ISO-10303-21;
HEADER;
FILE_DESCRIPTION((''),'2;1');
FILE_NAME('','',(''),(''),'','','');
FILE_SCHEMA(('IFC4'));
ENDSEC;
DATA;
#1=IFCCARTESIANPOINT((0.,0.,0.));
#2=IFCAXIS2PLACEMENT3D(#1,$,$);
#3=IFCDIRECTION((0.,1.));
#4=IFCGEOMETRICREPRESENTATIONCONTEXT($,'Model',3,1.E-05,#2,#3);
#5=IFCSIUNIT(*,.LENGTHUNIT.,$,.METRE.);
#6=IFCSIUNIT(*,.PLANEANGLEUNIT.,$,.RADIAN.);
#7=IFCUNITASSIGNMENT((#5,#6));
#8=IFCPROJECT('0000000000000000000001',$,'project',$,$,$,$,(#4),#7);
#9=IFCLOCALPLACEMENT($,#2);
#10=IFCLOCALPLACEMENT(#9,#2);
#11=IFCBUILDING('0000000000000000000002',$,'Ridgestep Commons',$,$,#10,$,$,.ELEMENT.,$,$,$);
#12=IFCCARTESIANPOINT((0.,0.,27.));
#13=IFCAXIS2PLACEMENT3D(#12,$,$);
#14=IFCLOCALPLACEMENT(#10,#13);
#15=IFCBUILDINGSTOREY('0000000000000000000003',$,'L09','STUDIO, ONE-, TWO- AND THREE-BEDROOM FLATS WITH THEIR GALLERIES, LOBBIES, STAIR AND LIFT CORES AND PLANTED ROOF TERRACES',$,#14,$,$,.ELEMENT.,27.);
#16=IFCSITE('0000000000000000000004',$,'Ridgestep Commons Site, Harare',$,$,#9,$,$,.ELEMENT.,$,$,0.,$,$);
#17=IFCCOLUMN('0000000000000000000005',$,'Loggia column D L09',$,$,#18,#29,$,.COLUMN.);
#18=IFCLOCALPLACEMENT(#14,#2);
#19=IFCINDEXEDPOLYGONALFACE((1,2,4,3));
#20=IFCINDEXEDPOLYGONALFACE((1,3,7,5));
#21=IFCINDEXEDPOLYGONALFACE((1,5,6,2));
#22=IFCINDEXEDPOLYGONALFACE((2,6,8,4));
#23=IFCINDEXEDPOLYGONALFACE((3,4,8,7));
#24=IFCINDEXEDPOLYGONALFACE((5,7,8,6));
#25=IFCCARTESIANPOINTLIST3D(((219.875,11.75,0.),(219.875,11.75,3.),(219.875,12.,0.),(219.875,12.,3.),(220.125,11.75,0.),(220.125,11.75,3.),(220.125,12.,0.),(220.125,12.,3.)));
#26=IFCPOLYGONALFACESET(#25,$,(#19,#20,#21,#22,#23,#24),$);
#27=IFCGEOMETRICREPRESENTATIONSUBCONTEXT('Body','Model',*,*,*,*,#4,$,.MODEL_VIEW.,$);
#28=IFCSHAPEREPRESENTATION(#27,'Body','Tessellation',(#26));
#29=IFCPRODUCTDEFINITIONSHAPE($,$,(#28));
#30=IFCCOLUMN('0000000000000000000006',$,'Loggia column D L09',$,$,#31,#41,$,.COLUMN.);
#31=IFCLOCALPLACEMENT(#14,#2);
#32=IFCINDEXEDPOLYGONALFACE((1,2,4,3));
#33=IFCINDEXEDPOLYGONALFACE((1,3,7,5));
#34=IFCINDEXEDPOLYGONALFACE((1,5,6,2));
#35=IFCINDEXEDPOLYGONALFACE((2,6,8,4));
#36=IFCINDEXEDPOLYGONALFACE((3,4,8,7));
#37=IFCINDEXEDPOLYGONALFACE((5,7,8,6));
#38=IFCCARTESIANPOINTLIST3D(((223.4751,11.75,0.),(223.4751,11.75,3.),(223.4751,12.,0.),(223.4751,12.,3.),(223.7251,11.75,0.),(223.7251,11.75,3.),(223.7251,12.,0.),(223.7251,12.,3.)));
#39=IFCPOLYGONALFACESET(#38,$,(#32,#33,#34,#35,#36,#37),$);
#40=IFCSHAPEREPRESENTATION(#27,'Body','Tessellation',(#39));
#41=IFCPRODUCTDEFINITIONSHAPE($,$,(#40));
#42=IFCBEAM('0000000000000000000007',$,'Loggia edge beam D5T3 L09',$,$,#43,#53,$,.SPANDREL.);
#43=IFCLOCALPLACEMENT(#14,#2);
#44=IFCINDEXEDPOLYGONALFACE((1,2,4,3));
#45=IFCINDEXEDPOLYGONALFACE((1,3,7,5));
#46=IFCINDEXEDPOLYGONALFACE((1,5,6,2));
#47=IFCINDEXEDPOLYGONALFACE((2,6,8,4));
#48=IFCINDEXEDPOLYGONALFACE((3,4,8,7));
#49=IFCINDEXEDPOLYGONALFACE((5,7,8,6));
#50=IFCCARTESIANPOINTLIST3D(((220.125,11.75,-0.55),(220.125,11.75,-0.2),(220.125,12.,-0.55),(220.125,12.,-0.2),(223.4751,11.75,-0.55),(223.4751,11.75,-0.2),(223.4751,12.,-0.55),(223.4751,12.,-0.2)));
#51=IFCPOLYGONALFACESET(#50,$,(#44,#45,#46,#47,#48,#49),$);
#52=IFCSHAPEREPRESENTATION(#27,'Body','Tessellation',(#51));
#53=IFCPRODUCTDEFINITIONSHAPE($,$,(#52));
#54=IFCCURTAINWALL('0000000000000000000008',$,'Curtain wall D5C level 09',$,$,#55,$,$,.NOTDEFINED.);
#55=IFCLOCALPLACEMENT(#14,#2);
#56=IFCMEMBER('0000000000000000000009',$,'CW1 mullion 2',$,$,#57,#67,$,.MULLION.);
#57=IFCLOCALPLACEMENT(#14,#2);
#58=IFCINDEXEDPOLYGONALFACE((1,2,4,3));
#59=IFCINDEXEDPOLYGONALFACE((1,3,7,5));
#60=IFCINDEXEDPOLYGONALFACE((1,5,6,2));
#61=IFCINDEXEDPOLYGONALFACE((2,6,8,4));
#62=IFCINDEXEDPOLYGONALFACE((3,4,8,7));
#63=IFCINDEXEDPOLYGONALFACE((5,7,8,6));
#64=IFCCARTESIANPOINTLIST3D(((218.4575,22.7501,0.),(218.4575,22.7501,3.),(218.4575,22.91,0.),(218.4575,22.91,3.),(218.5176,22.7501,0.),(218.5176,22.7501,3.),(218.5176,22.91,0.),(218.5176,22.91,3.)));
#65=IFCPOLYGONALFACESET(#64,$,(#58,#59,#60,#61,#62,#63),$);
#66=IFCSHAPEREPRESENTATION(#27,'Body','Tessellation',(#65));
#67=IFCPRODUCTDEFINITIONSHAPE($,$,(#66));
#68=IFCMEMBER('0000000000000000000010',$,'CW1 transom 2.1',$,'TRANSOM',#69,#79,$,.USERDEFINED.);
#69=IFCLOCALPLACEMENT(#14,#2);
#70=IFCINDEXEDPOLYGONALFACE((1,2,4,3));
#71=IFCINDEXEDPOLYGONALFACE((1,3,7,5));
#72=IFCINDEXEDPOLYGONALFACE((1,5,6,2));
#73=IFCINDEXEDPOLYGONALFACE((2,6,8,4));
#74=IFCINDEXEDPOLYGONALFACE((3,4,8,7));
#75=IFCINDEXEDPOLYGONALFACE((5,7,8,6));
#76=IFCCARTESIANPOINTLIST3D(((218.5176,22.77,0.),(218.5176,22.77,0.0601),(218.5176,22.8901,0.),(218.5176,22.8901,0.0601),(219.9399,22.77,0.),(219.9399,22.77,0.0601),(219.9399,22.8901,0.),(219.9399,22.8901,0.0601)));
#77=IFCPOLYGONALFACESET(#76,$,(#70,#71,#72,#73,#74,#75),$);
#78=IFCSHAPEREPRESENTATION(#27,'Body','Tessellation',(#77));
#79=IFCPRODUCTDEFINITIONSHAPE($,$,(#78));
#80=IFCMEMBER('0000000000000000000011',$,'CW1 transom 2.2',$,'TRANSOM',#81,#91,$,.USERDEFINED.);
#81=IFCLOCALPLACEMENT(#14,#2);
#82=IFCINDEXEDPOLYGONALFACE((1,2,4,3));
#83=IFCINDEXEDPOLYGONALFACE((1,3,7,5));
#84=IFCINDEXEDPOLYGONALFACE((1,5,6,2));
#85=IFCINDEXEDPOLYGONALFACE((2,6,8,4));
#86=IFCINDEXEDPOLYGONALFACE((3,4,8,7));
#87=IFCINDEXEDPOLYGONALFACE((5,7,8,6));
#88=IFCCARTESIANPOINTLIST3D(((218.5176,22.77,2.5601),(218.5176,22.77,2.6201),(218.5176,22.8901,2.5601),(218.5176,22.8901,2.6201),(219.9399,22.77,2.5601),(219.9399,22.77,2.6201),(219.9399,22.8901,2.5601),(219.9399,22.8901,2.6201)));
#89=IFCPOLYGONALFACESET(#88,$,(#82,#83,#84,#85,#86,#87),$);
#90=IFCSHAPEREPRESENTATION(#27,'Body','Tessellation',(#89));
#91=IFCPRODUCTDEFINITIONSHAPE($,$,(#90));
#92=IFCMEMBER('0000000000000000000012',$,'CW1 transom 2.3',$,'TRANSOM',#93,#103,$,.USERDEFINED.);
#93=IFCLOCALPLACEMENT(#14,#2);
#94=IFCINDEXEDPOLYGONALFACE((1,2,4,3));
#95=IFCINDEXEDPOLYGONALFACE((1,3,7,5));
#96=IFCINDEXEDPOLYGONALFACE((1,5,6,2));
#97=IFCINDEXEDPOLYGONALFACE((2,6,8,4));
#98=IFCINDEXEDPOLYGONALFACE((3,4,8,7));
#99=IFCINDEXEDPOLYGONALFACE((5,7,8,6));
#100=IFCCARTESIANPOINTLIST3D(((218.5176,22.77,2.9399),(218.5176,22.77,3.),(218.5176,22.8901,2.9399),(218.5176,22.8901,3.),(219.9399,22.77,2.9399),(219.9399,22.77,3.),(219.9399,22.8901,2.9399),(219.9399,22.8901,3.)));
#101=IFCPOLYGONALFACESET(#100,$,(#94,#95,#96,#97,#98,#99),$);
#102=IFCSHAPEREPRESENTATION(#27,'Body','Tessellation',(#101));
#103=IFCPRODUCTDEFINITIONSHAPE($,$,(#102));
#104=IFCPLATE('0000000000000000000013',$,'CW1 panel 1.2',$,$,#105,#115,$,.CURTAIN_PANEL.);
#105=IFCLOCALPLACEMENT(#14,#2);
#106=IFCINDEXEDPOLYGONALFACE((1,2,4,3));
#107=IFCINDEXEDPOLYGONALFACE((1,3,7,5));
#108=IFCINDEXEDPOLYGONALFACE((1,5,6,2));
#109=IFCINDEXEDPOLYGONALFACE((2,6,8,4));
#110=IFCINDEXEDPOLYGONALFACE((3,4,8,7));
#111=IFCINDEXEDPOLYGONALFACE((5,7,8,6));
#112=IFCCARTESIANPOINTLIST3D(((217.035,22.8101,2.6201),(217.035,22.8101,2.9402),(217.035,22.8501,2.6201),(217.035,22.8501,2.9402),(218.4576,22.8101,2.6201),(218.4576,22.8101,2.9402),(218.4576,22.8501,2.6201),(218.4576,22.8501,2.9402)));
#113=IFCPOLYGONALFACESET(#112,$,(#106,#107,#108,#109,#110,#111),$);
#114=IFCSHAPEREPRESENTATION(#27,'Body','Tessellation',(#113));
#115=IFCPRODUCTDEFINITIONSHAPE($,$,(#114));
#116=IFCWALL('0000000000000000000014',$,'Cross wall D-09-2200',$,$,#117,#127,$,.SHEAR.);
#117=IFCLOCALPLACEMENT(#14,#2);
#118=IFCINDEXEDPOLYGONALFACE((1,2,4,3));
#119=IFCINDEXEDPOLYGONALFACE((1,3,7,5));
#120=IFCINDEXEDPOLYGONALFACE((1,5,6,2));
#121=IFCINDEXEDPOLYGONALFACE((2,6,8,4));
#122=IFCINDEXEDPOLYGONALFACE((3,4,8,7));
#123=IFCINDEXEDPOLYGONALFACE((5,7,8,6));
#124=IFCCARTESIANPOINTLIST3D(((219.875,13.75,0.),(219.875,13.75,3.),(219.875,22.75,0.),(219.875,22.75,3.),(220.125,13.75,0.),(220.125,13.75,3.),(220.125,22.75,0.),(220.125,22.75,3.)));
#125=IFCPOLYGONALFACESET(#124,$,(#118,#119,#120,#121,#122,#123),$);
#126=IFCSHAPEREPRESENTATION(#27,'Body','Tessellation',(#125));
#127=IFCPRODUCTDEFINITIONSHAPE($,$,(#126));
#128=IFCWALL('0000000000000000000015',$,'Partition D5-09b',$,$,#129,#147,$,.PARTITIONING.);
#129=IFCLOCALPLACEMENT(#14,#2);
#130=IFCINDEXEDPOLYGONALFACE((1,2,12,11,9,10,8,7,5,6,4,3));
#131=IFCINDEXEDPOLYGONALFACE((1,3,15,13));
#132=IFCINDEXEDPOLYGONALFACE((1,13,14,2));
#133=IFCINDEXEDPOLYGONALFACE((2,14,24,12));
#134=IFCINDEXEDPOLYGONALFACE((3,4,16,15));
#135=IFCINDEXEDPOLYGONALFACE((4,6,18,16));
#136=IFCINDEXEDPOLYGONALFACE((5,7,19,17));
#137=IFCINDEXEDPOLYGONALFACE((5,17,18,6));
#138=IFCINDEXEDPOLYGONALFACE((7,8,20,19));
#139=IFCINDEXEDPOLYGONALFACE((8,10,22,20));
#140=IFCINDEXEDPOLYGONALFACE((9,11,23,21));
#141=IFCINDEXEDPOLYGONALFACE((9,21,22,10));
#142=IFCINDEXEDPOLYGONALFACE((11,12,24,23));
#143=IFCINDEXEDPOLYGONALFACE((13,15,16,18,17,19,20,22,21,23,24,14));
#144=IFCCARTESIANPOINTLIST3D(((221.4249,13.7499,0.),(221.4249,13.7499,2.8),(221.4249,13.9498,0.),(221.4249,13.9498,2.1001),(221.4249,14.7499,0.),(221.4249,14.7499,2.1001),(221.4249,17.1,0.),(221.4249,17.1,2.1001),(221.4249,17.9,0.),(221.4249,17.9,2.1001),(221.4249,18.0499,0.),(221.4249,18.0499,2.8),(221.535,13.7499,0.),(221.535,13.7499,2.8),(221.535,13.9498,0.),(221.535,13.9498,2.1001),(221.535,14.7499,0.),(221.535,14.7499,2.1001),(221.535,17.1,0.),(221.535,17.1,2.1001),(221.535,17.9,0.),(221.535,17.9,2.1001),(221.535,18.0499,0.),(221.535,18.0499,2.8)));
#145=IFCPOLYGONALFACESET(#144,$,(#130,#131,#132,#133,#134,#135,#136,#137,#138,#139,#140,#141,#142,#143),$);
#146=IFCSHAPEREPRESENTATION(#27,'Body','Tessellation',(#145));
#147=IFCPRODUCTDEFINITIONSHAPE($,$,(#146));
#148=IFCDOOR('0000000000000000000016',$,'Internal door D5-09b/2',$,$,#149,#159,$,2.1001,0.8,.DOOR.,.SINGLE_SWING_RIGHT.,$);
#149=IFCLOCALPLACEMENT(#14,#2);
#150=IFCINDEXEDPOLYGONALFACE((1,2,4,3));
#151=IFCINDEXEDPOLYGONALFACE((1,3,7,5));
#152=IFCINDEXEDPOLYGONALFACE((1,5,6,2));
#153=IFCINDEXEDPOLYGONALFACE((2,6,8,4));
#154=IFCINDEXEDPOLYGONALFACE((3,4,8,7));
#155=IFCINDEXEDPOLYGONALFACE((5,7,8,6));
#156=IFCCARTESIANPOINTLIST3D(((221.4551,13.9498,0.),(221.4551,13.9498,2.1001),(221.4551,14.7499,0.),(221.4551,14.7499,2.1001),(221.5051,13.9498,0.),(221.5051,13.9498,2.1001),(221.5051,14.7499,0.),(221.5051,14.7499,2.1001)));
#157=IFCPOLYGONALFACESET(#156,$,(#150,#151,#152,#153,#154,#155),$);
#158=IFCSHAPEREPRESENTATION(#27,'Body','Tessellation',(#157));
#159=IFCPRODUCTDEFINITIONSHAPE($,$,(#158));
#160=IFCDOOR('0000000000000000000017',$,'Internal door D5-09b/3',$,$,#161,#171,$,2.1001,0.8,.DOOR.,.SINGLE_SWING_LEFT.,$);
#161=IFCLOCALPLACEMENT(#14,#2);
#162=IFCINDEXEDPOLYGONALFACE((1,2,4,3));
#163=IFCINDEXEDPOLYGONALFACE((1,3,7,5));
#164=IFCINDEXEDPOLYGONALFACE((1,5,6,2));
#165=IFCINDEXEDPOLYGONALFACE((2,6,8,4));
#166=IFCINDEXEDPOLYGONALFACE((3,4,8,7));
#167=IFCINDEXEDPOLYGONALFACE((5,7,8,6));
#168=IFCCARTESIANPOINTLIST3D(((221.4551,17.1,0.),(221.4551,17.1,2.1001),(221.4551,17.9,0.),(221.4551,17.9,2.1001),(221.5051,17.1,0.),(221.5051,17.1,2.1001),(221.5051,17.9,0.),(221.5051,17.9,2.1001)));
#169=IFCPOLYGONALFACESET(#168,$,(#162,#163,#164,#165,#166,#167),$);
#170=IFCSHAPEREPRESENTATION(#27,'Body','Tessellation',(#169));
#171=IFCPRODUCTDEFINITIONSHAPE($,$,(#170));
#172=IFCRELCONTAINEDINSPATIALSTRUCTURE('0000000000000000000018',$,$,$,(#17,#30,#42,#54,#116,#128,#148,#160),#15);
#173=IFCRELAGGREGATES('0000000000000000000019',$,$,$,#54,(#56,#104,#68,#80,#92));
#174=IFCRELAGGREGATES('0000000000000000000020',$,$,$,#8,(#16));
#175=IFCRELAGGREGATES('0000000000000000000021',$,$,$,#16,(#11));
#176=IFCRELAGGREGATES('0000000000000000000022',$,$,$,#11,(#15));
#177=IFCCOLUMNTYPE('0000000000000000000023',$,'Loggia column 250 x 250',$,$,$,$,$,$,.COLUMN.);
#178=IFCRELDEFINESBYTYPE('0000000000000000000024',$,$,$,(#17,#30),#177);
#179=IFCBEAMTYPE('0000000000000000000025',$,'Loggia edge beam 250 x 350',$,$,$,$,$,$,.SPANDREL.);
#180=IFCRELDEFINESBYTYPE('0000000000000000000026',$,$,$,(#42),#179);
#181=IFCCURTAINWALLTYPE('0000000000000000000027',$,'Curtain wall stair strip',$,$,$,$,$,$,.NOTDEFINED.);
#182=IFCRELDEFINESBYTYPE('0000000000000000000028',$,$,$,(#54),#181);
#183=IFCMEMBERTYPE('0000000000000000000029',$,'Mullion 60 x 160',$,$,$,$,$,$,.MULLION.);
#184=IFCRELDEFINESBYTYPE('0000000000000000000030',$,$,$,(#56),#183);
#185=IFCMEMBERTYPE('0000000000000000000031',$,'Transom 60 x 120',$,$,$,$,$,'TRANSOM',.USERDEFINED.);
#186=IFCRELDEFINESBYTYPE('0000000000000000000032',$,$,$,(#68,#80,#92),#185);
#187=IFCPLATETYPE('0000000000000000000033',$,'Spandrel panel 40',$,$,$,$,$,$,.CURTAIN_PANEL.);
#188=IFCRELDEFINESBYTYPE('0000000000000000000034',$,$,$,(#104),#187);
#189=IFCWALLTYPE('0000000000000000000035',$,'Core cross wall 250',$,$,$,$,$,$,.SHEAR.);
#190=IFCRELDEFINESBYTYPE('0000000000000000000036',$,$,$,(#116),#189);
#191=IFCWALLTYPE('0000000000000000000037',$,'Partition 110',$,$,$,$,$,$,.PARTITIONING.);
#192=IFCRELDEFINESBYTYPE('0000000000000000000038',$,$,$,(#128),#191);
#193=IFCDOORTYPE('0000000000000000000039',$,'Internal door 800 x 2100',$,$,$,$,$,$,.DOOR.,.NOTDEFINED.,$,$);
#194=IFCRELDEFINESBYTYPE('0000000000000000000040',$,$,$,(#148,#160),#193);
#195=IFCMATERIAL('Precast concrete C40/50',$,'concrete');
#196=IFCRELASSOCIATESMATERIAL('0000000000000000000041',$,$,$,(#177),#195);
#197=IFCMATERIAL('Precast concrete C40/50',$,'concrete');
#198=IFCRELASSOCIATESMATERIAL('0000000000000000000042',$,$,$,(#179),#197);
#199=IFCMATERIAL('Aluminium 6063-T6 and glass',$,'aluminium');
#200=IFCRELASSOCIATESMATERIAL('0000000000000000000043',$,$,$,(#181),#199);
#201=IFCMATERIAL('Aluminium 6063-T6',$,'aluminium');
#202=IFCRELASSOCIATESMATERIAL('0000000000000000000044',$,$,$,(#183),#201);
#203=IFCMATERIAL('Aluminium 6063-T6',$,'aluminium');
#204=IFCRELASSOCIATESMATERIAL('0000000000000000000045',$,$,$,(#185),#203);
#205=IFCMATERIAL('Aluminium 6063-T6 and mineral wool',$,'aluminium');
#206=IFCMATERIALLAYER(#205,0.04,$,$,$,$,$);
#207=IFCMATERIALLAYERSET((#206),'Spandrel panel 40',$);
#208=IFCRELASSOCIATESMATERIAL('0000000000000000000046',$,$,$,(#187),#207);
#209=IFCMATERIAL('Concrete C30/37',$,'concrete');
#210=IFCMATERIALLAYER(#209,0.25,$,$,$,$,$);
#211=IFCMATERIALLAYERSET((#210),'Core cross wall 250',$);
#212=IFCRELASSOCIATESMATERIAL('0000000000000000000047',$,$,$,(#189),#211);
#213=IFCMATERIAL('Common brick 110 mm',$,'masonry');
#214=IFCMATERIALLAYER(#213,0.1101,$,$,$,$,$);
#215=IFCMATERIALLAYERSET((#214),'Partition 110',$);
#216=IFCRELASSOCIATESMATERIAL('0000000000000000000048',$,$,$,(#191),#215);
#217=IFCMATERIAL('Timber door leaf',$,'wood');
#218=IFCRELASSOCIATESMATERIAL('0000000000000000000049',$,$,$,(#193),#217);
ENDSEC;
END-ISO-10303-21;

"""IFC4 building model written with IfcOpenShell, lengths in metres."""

from ifc_helpers import new_model, si_unit, direction, frame, frame_2d, origin, origin_2d, place, context, subcontext, project, spatial, rectangle, extrude, material, layer, layer_set, material_profile, profile_set, type_object, element, fill, aggregate, save


model = new_model("IFC4")

# Units and contexts
model_context = context("Model", 3, precision=1e-05, world=origin(), true_north=direction((0.0, 1.0)))
body_context = subcontext(model_context, "Body", "Model", "MODEL_VIEW")
ifc_project = project(units=[si_unit("LENGTHUNIT", "METRE"), si_unit("PLANEANGLEUNIT", "RADIAN")], contexts=[model_context])

# Site, building, storey
site_placement = place(None, origin())
site = spatial("IfcSite", under=ifc_project, at=site_placement, Name="Ridgestep Commons Site, Harare", CompositionType="ELEMENT", RefElevation=0.0)
building_placement = place(site_placement, origin())
building = spatial("IfcBuilding", under=site, at=building_placement, Name="Ridgestep Commons", CompositionType="ELEMENT")
storey_placement = place(building_placement, frame((0.0, 0.0, 27.0)))
storey = spatial("IfcBuildingStorey", under=building, at=storey_placement, Name="L09", Description="STUDIO, ONE-, TWO- AND THREE-BEDROOM FLATS WITH THEIR GALLERIES, LOBBIES, STAIR AND LIFT CORES AND PLANTED ROOF TERRACES", CompositionType="ELEMENT", Elevation=27.0)

# Columns
ifc_material_1 = material(Name="Precast concrete C40/50", Category="concrete")
ifc_material_profile_1 = material_profile(ifc_material_1, rectangle(XDim=0.25, YDim=0.25, at=origin_2d()), Name="PC 250x250")
ifc_profile_set_1 = profile_set([ifc_material_profile_1], Name="Precast concrete C40/50")
column_type = type_object("IfcColumnType", Name="Loggia column 250 x 250", PredefinedType="COLUMN", material=ifc_profile_set_1)
for number, where, z_axis, x_axis, name in (
    (1, (220.0, 11.875, 0.0), (0.0, 0.0, 1.0), (1.0, 0.0, 0.0), "Loggia column D L09"),
    (2, (223.6001, 11.875, 0.0), (0.0, 0.0, 1.0), (1.0, 0.0, 0.0), "Loggia column D L09"),
):
    element("IfcColumn", number, at=place(storey_placement, frame(where, z_axis=z_axis, x_axis=x_axis)), inside=storey, type_object=column_type, Name=name, PredefinedType="COLUMN", context=body_context, shape_type="SweptSolid", body=[
        extrude(rectangle(XDim=0.25, YDim=0.25, at=origin_2d()), origin(), (0.0, 0.0, 1.0), 3.0),
    ])

# Beam
ifc_material_2 = material(Name="Precast concrete C40/50", Category="concrete")
ifc_material_profile_2 = material_profile(ifc_material_2, rectangle(XDim=0.25, YDim=0.3501, at=origin_2d()), Name="PC 250x350")
ifc_profile_set_2 = profile_set([ifc_material_profile_2], Name="Precast concrete C40/50")
beam_type = type_object("IfcBeamType", Name="Loggia edge beam 250 x 350", PredefinedType="SPANDREL", material=ifc_profile_set_2)
beam_placement = place(storey_placement, frame((220.125, 11.875, -0.375), z_axis=(1.0, 0.0, 0.0), x_axis=(0.0, 1.0, 0.0)))
element("IfcBeam", 3, at=beam_placement, inside=storey, type_object=beam_type, Name="Loggia edge beam D5T3 L09", PredefinedType="SPANDREL", context=body_context, shape_type="SweptSolid", body=[
    extrude(rectangle(XDim=0.25, YDim=0.3501, at=origin_2d()), origin(), (0.0, 0.0, 1.0), 3.3501),
])

# Curtain wall, members, plate
ifc_material_3 = material(Name="Aluminium 6063-T6 and glass", Category="aluminium")
curtain_wall_type = type_object("IfcCurtainWallType", Name="Curtain wall stair strip", PredefinedType="NOTDEFINED", material=ifc_material_3)
curtain_wall_placement = place(storey_placement, origin())
curtain_wall = element("IfcCurtainWall", 4, at=curtain_wall_placement, inside=storey, type_object=curtain_wall_type, Name="Curtain wall D5C level 09", PredefinedType="NOTDEFINED")
ifc_material_4 = material(Name="Aluminium 6063-T6", Category="aluminium")
ifc_material_profile_3 = material_profile(ifc_material_4, rectangle(XDim=0.1599, YDim=0.0601, at=origin_2d()), Name="Mullion 60 x 160")
ifc_profile_set_3 = profile_set([ifc_material_profile_3], Name="Aluminium 6063-T6")
member_type_1 = type_object("IfcMemberType", Name="Mullion 60 x 160", PredefinedType="MULLION", material=ifc_profile_set_3)
member_1_placement = place(storey_placement, frame((218.4875, 22.8301, 0.0), z_axis=(0.0, 0.0, 1.0), x_axis=(0.0, 1.0, 0.0)))
member_1 = element("IfcMember", 5, at=member_1_placement, type_object=member_type_1, Name="CW1 mullion 2", PredefinedType="MULLION", context=body_context, shape_type="SweptSolid", body=[
    extrude(rectangle(XDim=0.1599, YDim=0.0601, at=origin_2d()), origin(), (0.0, 0.0, 1.0), 3.0),
])
ifc_material_5 = material(Name="Aluminium 6063-T6", Category="aluminium")
ifc_material_profile_4 = material_profile(ifc_material_5, rectangle(XDim=0.1201, YDim=0.0601, at=origin_2d()), Name="Transom 60 x 120")
ifc_profile_set_4 = profile_set([ifc_material_profile_4], Name="Aluminium 6063-T6")
member_type_2 = type_object("IfcMemberType", Name="Transom 60 x 120", ElementType="TRANSOM", PredefinedType="USERDEFINED", material=ifc_profile_set_4)
member_2_placement = place(storey_placement, frame((218.5176, 22.8301, 0.03), z_axis=(1.0, 0.0, 0.0), x_axis=(0.0, 1.0, 0.0)))
member_2 = element("IfcMember", 6, at=member_2_placement, type_object=member_type_2, Name="CW1 transom 2.1", ObjectType="TRANSOM", PredefinedType="USERDEFINED", context=body_context, shape_type="SweptSolid", body=[
    extrude(rectangle(XDim=0.1201, YDim=0.0601, at=origin_2d()), origin(), (0.0, 0.0, 1.0), 1.4224),
])
member_3_placement = place(storey_placement, frame((218.5176, 22.8301, 2.5901), z_axis=(1.0, 0.0, 0.0), x_axis=(0.0, 1.0, 0.0)))
member_3 = element("IfcMember", 7, at=member_3_placement, type_object=member_type_2, Name="CW1 transom 2.2", ObjectType="TRANSOM", PredefinedType="USERDEFINED", context=body_context, shape_type="SweptSolid", body=[
    extrude(rectangle(XDim=0.1201, YDim=0.0601, at=origin_2d()), origin(), (0.0, 0.0, 1.0), 1.4224),
])
member_4_placement = place(storey_placement, frame((218.5176, 22.8301, 2.97), z_axis=(1.0, 0.0, 0.0), x_axis=(0.0, 1.0, 0.0)))
member_4 = element("IfcMember", 8, at=member_4_placement, type_object=member_type_2, Name="CW1 transom 2.3", ObjectType="TRANSOM", PredefinedType="USERDEFINED", context=body_context, shape_type="SweptSolid", body=[
    extrude(rectangle(XDim=0.1201, YDim=0.0601, at=origin_2d()), origin(), (0.0, 0.0, 1.0), 1.4224),
])
ifc_material_6 = material(Name="Aluminium 6063-T6 and mineral wool", Category="aluminium")
ifc_layer_1 = layer(ifc_material_6, 0.04)
ifc_layer_set_1 = layer_set([ifc_layer_1], Name="Spandrel panel 40")
plate_type = type_object("IfcPlateType", Name="Spandrel panel 40", PredefinedType="CURTAIN_PANEL", material=ifc_layer_set_1)
plate_placement = place(storey_placement, frame((217.7463, 22.8301, 2.6201), z_axis=(0.0, 0.0, 1.0), x_axis=(1.0, 0.0, 0.0)))
plate = element("IfcPlate", 9, at=plate_placement, type_object=plate_type, Name="CW1 panel 1.2", PredefinedType="CURTAIN_PANEL", context=body_context, shape_type="SweptSolid", body=[
    extrude(rectangle(XDim=1.4226, YDim=0.04, at=origin_2d()), origin(), (0.0, 0.0, 1.0), 0.3201),
])
aggregate(curtain_wall, [member_1, plate, member_2, member_3, member_4])

# Wall
ifc_material_7 = material(Name="Concrete C30/37", Category="concrete")
ifc_layer_2 = layer(ifc_material_7, 0.25)
ifc_layer_set_2 = layer_set([ifc_layer_2], Name="Core cross wall 250")
wall_type_1 = type_object("IfcWallType", Name="Core cross wall 250", PredefinedType="SHEAR", material=ifc_layer_set_2)
wall_1_placement = place(storey_placement, frame((220.0, 13.75, 0.0), z_axis=(0.0, 0.0, 1.0), x_axis=(0.0, 1.0, 0.0)))
element("IfcWall", 10, at=wall_1_placement, inside=storey, type_object=wall_type_1, Name="Cross wall D-09-2200", PredefinedType="SHEAR", context=body_context, shape_type="SweptSolid", body=[
    extrude(rectangle(XDim=9.0, YDim=0.25, at=frame_2d((4.5, 0.0))), origin(), (0.0, 0.0, 1.0), 3.0),
])

# Wall, openings, doors
ifc_material_8 = material(Name="Common brick 110 mm", Category="masonry")
ifc_layer_3 = layer(ifc_material_8, 0.1101)
ifc_layer_set_3 = layer_set([ifc_layer_3], Name="Partition 110")
wall_type_2 = type_object("IfcWallType", Name="Partition 110", PredefinedType="PARTITIONING", material=ifc_layer_set_3)
wall_2_placement = place(storey_placement, frame((221.48, 13.75, 0.0), z_axis=(0.0, 0.0, 1.0), x_axis=(0.0, 1.0, 0.0)))
wall_2 = element("IfcWall", 11, at=wall_2_placement, inside=storey, type_object=wall_type_2, Name="Partition D5-09b", PredefinedType="PARTITIONING", context=body_context, shape_type="SweptSolid", body=[
    extrude(rectangle(XDim=4.3, YDim=0.1101, at=frame_2d((2.1499, 0.0))), origin(), (0.0, 0.0, 1.0), 2.8),
])
opening_1_placement = place(wall_2_placement, frame((0.2, 0.0, 0.0)))
opening_1 = element("IfcOpeningElement", 12, at=opening_1_placement, cuts=wall_2, PredefinedType="OPENING", context=body_context, shape_type="SweptSolid", body=[
    extrude(rectangle(XDim=0.8, YDim=2.1001, at=frame_2d((0.3999, 1.05))), frame((0.0, 0.0649, 0.0), z_axis=(0.0, -1.0, 0.0), x_axis=(1.0, 0.0, 0.0)), (0.0, 0.0, 1.0), 0.1301),
])
opening_2_placement = place(wall_2_placement, frame((3.3501, 0.0, 0.0)))
opening_2 = element("IfcOpeningElement", 13, at=opening_2_placement, cuts=wall_2, PredefinedType="OPENING", context=body_context, shape_type="SweptSolid", body=[
    extrude(rectangle(XDim=0.8, YDim=2.1001, at=frame_2d((0.3999, 1.05))), frame((0.0, 0.0649, 0.0), z_axis=(0.0, -1.0, 0.0), x_axis=(1.0, 0.0, 0.0)), (0.0, 0.0, 1.0), 0.1301),
])
ifc_material_9 = material(Name="Timber door leaf", Category="wood")
door_type_1 = type_object("IfcDoorType", Name="Internal door 800 x 2100", OperationType="NOTDEFINED", PredefinedType="DOOR", material=ifc_material_9)
door_1_placement = place(opening_1_placement, origin())
door_1 = element("IfcDoor", 14, at=door_1_placement, inside=storey, type_object=door_type_1, Name="Internal door D5-09b/2", OperationType="SINGLE_SWING_RIGHT", OverallHeight=2.1001, OverallWidth=0.8, PredefinedType="DOOR", context=body_context, shape_type="SweptSolid", body=[
    extrude(rectangle(XDim=0.8, YDim=2.1001, at=frame_2d((0.3999, 1.05))), frame((0.0, 0.0249, 0.0), z_axis=(0.0, -1.0, 0.0), x_axis=(1.0, 0.0, 0.0)), (0.0, 0.0, 1.0), 0.05),
])
fill(opening_1, door_1)
door_2_placement = place(opening_2_placement, origin())
door_2 = element("IfcDoor", 15, at=door_2_placement, inside=storey, type_object=door_type_1, Name="Internal door D5-09b/3", OperationType="SINGLE_SWING_LEFT", OverallHeight=2.1001, OverallWidth=0.8, PredefinedType="DOOR", context=body_context, shape_type="SweptSolid", body=[
    extrude(rectangle(XDim=0.8, YDim=2.1001, at=frame_2d((0.3999, 1.05))), frame((0.0, 0.0249, 0.0), z_axis=(0.0, -1.0, 0.0), x_axis=(1.0, 0.0, 0.0)), (0.0, 0.0, 1.0), 0.05),
])
fill(opening_2, door_2)

save(model, "model.ifc")
